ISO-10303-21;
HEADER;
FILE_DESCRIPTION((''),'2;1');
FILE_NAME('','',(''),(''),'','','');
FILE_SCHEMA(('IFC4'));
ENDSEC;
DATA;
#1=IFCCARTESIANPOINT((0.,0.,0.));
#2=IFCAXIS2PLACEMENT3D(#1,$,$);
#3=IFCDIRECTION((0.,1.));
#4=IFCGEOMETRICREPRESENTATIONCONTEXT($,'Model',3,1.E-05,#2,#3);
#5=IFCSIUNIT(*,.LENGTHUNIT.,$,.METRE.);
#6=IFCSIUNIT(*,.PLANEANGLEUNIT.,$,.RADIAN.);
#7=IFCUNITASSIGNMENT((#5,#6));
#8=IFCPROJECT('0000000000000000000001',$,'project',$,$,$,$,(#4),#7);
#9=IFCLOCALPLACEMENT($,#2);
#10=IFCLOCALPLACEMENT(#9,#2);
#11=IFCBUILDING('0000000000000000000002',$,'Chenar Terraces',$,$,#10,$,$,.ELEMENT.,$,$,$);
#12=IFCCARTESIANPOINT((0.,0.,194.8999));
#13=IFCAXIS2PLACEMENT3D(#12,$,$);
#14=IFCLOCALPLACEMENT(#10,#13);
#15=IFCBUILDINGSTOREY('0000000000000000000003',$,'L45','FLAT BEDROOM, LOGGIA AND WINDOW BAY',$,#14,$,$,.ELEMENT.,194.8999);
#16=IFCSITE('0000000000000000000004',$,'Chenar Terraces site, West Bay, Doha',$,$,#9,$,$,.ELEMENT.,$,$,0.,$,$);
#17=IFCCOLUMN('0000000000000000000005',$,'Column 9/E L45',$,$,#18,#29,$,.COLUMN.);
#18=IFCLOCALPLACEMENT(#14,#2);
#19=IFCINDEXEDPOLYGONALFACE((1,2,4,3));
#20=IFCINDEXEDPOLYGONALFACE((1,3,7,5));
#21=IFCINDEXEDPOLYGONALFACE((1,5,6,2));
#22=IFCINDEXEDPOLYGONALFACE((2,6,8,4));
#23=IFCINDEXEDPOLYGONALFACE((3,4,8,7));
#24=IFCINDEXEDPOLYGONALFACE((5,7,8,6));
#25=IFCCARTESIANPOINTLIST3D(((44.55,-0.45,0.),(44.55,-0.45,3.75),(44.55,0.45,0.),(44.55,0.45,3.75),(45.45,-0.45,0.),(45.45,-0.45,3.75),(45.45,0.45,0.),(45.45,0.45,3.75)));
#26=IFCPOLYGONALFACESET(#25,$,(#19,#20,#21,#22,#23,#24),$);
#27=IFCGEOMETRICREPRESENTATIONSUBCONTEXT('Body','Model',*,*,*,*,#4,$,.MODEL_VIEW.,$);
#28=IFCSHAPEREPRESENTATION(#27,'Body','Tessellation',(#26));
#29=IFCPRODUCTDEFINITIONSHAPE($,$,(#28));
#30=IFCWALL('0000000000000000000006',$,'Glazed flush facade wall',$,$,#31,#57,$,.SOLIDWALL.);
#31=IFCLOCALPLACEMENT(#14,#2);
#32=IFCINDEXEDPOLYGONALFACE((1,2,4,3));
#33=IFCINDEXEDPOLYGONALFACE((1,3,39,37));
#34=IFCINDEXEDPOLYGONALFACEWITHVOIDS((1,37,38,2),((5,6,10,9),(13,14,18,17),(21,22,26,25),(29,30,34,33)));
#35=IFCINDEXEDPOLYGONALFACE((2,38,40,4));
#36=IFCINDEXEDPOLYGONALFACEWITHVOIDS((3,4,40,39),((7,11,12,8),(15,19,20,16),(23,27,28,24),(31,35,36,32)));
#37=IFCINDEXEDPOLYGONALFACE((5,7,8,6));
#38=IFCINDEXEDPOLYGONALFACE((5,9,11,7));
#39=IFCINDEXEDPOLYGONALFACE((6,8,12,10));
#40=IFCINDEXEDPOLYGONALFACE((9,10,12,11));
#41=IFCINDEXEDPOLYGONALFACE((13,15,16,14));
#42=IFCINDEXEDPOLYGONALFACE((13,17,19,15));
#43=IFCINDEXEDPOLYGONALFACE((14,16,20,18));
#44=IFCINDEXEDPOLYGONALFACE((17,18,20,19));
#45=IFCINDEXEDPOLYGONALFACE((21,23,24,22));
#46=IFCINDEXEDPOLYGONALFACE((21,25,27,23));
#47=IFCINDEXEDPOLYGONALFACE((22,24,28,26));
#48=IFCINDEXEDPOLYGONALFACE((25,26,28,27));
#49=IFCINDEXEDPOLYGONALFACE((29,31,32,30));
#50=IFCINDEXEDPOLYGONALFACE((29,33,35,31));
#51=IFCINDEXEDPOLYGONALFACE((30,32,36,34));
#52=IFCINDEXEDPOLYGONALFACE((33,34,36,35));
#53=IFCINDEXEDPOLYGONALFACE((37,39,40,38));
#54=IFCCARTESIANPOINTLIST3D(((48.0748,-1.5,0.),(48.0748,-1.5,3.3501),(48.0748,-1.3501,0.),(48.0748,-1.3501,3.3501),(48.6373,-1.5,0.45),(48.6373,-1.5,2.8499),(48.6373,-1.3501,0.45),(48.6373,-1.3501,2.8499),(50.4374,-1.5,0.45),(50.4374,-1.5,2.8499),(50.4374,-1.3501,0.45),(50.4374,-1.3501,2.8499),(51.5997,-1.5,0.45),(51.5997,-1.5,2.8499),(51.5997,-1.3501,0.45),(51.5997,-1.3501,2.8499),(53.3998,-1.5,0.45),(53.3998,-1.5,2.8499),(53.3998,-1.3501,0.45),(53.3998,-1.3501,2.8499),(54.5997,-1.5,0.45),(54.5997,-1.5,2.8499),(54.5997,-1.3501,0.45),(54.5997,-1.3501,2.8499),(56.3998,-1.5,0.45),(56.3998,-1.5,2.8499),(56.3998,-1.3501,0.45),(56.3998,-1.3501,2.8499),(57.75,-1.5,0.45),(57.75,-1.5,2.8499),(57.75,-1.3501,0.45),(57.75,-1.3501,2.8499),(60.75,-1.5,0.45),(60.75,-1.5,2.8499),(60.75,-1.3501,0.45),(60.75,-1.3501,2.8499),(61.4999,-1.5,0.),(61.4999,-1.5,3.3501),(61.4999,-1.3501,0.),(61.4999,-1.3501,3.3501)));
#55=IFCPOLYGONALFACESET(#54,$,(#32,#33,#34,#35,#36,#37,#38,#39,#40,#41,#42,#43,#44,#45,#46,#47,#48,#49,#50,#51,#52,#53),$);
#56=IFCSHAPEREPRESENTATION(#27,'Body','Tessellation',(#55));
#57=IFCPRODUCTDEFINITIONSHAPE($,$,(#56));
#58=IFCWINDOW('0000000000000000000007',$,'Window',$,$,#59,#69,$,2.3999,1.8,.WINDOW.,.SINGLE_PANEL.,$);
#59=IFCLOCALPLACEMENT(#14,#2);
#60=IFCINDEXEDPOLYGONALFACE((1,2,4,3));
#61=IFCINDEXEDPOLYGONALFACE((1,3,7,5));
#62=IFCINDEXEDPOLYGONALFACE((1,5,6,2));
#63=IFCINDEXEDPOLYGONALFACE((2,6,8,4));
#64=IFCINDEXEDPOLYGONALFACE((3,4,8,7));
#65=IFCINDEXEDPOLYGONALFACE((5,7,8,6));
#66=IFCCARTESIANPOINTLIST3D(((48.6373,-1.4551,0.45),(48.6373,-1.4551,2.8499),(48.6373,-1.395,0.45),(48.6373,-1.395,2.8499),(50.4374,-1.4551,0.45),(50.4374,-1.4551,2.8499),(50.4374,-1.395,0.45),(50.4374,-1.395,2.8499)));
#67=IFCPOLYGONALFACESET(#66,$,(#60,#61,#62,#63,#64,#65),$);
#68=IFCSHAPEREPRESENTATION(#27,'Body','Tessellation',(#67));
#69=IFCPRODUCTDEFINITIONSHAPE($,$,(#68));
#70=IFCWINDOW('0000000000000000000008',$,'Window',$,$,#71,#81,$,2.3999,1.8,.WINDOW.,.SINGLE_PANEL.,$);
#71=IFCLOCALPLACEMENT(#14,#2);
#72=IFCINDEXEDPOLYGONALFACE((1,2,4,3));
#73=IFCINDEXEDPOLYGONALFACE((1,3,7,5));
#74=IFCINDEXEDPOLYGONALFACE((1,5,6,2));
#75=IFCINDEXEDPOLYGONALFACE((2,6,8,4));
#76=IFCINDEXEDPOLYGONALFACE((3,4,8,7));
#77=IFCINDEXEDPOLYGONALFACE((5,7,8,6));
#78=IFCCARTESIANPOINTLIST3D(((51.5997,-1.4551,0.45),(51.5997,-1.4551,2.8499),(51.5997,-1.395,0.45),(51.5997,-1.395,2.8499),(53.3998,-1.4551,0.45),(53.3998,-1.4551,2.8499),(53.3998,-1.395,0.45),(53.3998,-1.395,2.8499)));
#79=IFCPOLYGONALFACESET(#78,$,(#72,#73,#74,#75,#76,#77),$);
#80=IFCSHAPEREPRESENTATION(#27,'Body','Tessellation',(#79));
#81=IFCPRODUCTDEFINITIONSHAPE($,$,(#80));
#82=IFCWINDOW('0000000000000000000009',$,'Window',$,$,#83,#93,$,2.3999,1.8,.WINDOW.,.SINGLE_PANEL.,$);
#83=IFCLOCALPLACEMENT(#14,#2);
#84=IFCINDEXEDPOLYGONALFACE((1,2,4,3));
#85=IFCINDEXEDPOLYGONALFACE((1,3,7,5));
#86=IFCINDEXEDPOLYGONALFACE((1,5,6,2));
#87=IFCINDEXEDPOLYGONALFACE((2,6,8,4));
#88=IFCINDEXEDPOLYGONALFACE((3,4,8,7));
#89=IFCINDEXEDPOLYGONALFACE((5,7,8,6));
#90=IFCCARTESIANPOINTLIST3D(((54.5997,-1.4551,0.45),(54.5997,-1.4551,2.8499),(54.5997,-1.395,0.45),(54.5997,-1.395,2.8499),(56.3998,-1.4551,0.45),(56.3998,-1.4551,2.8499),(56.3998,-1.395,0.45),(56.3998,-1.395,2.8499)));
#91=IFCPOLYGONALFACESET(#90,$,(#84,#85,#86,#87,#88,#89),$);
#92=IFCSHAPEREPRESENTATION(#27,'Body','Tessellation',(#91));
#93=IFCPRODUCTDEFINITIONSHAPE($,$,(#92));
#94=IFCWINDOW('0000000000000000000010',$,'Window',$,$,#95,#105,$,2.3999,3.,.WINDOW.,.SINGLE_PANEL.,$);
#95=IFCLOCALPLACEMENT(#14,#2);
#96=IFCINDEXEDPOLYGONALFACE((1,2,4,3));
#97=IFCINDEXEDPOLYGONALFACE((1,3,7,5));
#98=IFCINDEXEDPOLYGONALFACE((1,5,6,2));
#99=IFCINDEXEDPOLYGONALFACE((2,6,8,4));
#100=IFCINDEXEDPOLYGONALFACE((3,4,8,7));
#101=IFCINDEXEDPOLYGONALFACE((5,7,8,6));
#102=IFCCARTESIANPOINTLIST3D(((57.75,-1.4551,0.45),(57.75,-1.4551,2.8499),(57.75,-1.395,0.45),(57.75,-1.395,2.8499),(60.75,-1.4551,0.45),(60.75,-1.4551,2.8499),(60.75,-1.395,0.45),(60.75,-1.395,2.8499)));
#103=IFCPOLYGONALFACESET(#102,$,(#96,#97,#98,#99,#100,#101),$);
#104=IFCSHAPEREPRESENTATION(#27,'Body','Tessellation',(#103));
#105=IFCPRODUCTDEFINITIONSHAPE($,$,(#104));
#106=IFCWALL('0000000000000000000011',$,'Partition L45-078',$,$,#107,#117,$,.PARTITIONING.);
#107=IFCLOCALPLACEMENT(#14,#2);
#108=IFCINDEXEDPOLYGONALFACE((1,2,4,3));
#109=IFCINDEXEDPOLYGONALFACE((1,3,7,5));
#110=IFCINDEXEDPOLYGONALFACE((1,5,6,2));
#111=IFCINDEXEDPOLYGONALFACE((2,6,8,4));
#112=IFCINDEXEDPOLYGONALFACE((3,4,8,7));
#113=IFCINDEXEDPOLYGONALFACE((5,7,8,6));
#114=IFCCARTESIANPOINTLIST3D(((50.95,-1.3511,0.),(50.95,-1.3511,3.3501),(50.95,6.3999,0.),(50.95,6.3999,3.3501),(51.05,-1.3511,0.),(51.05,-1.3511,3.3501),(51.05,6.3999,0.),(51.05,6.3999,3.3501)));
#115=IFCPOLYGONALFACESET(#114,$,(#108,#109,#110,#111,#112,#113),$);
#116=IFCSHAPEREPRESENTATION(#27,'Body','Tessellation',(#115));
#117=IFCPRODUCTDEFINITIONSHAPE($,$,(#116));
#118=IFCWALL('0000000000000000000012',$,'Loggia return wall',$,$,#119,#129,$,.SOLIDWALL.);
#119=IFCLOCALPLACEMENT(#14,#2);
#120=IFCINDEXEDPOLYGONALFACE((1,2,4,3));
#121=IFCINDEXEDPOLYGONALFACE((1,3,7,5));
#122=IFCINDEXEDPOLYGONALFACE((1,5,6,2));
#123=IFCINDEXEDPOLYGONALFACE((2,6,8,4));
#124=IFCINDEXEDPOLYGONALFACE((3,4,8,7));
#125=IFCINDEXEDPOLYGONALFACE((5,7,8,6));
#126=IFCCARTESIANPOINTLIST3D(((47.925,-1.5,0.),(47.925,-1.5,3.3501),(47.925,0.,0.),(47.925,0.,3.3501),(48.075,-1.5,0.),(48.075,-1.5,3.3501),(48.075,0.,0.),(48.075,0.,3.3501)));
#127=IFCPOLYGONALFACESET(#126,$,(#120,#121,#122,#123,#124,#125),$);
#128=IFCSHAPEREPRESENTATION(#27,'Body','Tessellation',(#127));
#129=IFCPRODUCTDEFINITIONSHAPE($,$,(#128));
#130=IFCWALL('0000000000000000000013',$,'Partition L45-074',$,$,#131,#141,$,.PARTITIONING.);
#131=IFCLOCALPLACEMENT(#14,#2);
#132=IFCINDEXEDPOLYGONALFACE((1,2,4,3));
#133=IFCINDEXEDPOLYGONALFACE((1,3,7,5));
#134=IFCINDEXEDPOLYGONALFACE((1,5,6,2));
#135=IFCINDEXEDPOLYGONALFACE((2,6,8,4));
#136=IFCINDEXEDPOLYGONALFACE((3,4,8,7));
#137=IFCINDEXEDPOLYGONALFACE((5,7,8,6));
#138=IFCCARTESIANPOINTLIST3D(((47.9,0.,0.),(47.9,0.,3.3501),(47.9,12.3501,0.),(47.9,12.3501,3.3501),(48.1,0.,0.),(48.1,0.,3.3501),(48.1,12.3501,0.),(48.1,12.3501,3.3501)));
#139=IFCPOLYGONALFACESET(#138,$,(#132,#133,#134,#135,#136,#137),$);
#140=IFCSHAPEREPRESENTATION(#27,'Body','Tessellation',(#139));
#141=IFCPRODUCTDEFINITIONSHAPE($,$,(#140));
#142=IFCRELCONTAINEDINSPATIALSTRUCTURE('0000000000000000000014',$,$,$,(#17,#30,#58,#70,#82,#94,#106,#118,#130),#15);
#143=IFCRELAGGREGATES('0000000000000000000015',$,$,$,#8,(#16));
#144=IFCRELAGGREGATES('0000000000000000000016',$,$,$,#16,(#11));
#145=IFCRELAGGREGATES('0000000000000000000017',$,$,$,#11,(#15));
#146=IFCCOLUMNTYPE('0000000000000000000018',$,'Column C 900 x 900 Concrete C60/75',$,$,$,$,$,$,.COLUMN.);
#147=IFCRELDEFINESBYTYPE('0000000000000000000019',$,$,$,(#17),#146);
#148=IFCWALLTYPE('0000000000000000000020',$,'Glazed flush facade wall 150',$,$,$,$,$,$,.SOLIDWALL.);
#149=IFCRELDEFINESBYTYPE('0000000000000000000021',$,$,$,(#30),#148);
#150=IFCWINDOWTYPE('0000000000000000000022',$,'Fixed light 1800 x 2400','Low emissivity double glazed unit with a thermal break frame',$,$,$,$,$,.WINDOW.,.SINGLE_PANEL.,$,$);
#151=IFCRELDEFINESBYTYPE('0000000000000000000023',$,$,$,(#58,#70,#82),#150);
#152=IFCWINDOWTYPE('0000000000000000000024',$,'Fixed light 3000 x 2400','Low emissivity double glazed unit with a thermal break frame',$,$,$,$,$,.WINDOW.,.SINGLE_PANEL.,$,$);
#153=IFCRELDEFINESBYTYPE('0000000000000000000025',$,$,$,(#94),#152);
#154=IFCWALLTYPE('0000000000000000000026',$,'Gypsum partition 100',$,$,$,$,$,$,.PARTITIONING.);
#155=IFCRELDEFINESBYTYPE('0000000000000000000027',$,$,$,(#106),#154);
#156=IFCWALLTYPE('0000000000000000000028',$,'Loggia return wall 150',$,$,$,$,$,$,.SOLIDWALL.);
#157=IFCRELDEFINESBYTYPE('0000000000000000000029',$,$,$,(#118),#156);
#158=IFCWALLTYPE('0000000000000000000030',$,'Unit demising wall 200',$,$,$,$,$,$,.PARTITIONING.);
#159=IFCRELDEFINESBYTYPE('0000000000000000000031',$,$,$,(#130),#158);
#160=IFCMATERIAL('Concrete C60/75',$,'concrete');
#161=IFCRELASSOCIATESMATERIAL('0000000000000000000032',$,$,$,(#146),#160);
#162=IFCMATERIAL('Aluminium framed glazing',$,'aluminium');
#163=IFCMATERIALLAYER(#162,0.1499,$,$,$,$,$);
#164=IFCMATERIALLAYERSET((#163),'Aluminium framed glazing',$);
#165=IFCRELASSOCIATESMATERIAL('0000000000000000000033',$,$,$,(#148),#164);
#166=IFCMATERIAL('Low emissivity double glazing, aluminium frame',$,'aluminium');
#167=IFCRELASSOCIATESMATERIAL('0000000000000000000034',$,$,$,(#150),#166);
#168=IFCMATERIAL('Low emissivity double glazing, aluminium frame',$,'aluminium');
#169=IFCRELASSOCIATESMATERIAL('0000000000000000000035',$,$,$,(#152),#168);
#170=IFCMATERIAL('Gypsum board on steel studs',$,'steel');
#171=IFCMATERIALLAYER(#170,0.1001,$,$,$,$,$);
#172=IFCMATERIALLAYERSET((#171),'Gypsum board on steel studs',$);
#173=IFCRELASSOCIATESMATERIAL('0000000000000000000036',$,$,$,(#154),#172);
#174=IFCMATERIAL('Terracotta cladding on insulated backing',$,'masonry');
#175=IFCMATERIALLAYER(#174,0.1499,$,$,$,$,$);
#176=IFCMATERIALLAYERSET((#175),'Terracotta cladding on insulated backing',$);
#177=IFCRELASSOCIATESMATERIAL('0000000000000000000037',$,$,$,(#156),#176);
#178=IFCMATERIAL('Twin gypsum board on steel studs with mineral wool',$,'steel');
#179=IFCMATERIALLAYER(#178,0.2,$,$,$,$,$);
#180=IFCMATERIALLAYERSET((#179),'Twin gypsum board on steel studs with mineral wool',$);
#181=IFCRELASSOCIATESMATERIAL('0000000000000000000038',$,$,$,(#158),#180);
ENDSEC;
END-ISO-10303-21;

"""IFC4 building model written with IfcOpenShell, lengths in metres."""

from ifc_helpers import new_model, si_unit, direction, frame, frame_2d, origin, origin_2d, place, context, subcontext, project, spatial, rectangle, extrude, material, layer, layer_set, material_profile, profile_set, type_object, element, fill, save


model = new_model("IFC4")

# Units and contexts
model_context = context("Model", 3, precision=1e-05, world=origin(), true_north=direction((0.0, 1.0)))
body_context = subcontext(model_context, "Body", "Model", "MODEL_VIEW")
ifc_project = project(units=[si_unit("LENGTHUNIT", "METRE"), si_unit("PLANEANGLEUNIT", "RADIAN")], contexts=[model_context])

# Site, building, storey
site_placement = place(None, origin())
site = spatial("IfcSite", under=ifc_project, at=site_placement, Name="Chenar Terraces site, West Bay, Doha", CompositionType="ELEMENT", RefElevation=0.0)
building_placement = place(site_placement, origin())
building = spatial("IfcBuilding", under=site, at=building_placement, Name="Chenar Terraces", CompositionType="ELEMENT")
storey_placement = place(building_placement, frame((0.0, 0.0, 194.8999)))
storey = spatial("IfcBuildingStorey", under=building, at=storey_placement, Name="L45", Description="FLAT BEDROOM, LOGGIA AND WINDOW BAY", CompositionType="ELEMENT", Elevation=194.8999)

# Column
ifc_material_1 = material(Name="Concrete C60/75", Category="concrete")
ifc_material_profile_1 = material_profile(ifc_material_1, rectangle(XDim=0.8999, YDim=0.8999, at=origin_2d()), Name="C 900 x 900")
ifc_profile_set_1 = profile_set([ifc_material_profile_1], Name="Concrete C60/75")
column_type = type_object("IfcColumnType", Name="Column C 900 x 900 Concrete C60/75", PredefinedType="COLUMN", material=ifc_profile_set_1)
column_placement = place(storey_placement, frame((45.0, 0.0, 0.0), z_axis=(0.0, 0.0, 1.0), x_axis=(1.0, 0.0, 0.0)))
element("IfcColumn", 1, at=column_placement, inside=storey, type_object=column_type, Name="Column 9/E L45", PredefinedType="COLUMN", context=body_context, shape_type="SweptSolid", body=[
    extrude(rectangle(XDim=0.8999, YDim=0.8999, at=origin_2d()), origin(), (0.0, 0.0, 1.0), 3.75),
])

# Wall, openings, windows
ifc_material_2 = material(Name="Aluminium framed glazing", Category="aluminium")
ifc_layer_1 = layer(ifc_material_2, 0.1499)
ifc_layer_set_1 = layer_set([ifc_layer_1], Name="Aluminium framed glazing")
wall_type_1 = type_object("IfcWallType", Name="Glazed flush facade wall 150", PredefinedType="SOLIDWALL", material=ifc_layer_set_1)
wall_1_placement = place(storey_placement, frame((48.075, -1.425, 0.0), z_axis=(0.0, 0.0, 1.0), x_axis=(1.0, 0.0, 0.0)))
wall_1 = element("IfcWall", 2, at=wall_1_placement, inside=storey, type_object=wall_type_1, Name="Glazed flush facade wall", PredefinedType="SOLIDWALL", context=body_context, shape_type="SweptSolid", body=[
    extrude(rectangle(XDim=13.425, YDim=0.1499, at=frame_2d((6.7124, 0.0))), origin(), (0.0, 0.0, 1.0), 3.3501),
])
opening_1_placement = place(wall_1_placement, frame((0.5625, 0.0, 0.45)))
opening_1 = element("IfcOpeningElement", 3, at=opening_1_placement, cuts=wall_1, PredefinedType="OPENING", context=body_context, shape_type="SweptSolid", body=[
    extrude(rectangle(XDim=1.8, YDim=2.3999, at=frame_2d((0.8999, 1.2))), frame((0.0, 0.085, 0.0), z_axis=(0.0, -1.0, 0.0), x_axis=(1.0, 0.0, 0.0)), (0.0, 0.0, 1.0), 0.1699),
])
opening_2_placement = place(wall_1_placement, frame((3.5249, 0.0, 0.45)))
opening_2 = element("IfcOpeningElement", 4, at=opening_2_placement, cuts=wall_1, PredefinedType="OPENING", context=body_context, shape_type="SweptSolid", body=[
    extrude(rectangle(XDim=1.8, YDim=2.3999, at=frame_2d((0.8999, 1.2))), frame((0.0, 0.085, 0.0), z_axis=(0.0, -1.0, 0.0), x_axis=(1.0, 0.0, 0.0)), (0.0, 0.0, 1.0), 0.1699),
])
opening_3_placement = place(wall_1_placement, frame((6.5249, 0.0, 0.45)))
opening_3 = element("IfcOpeningElement", 5, at=opening_3_placement, cuts=wall_1, PredefinedType="OPENING", context=body_context, shape_type="SweptSolid", body=[
    extrude(rectangle(XDim=1.8, YDim=2.3999, at=frame_2d((0.8999, 1.2))), frame((0.0, 0.085, 0.0), z_axis=(0.0, -1.0, 0.0), x_axis=(1.0, 0.0, 0.0)), (0.0, 0.0, 1.0), 0.1699),
])
opening_4_placement = place(wall_1_placement, frame((9.675, 0.0, 0.45)))
opening_4 = element("IfcOpeningElement", 6, at=opening_4_placement, cuts=wall_1, PredefinedType="OPENING", context=body_context, shape_type="SweptSolid", body=[
    extrude(rectangle(XDim=3.0, YDim=2.3999, at=frame_2d((1.5, 1.2))), frame((0.0, 0.085, 0.0), z_axis=(0.0, -1.0, 0.0), x_axis=(1.0, 0.0, 0.0)), (0.0, 0.0, 1.0), 0.1699),
])
ifc_material_3 = material(Name="Low emissivity double glazing, aluminium frame", Category="aluminium")
window_type_1 = type_object("IfcWindowType", Name="Fixed light 1800 x 2400", Description="Low emissivity double glazed unit with a thermal break frame", PartitioningType="SINGLE_PANEL", PredefinedType="WINDOW", material=ifc_material_3)
window_1_placement = place(opening_1_placement, origin())
window_1 = element("IfcWindow", 7, at=window_1_placement, inside=storey, type_object=window_type_1, Name="Window", OverallHeight=2.3999, OverallWidth=1.8, PartitioningType="SINGLE_PANEL", PredefinedType="WINDOW", context=body_context, shape_type="SweptSolid", body=[
    extrude(rectangle(XDim=1.8, YDim=2.3999, at=frame_2d((0.8999, 1.2))), frame((0.0, 0.03, 0.0), z_axis=(0.0, -1.0, 0.0), x_axis=(1.0, 0.0, 0.0)), (0.0, 0.0, 1.0), 0.0601),
])
fill(opening_1, window_1)
window_2_placement = place(opening_2_placement, origin())
window_2 = element("IfcWindow", 8, at=window_2_placement, inside=storey, type_object=window_type_1, Name="Window", OverallHeight=2.3999, OverallWidth=1.8, PartitioningType="SINGLE_PANEL", PredefinedType="WINDOW", context=body_context, shape_type="SweptSolid", body=[
    extrude(rectangle(XDim=1.8, YDim=2.3999, at=frame_2d((0.8999, 1.2))), frame((0.0, 0.03, 0.0), z_axis=(0.0, -1.0, 0.0), x_axis=(1.0, 0.0, 0.0)), (0.0, 0.0, 1.0), 0.0601),
])
fill(opening_2, window_2)
window_3_placement = place(opening_3_placement, origin())
window_3 = element("IfcWindow", 9, at=window_3_placement, inside=storey, type_object=window_type_1, Name="Window", OverallHeight=2.3999, OverallWidth=1.8, PartitioningType="SINGLE_PANEL", PredefinedType="WINDOW", context=body_context, shape_type="SweptSolid", body=[
    extrude(rectangle(XDim=1.8, YDim=2.3999, at=frame_2d((0.8999, 1.2))), frame((0.0, 0.03, 0.0), z_axis=(0.0, -1.0, 0.0), x_axis=(1.0, 0.0, 0.0)), (0.0, 0.0, 1.0), 0.0601),
])
fill(opening_3, window_3)
ifc_material_4 = material(Name="Low emissivity double glazing, aluminium frame", Category="aluminium")
window_type_2 = type_object("IfcWindowType", Name="Fixed light 3000 x 2400", Description="Low emissivity double glazed unit with a thermal break frame", PartitioningType="SINGLE_PANEL", PredefinedType="WINDOW", material=ifc_material_4)
window_4_placement = place(opening_4_placement, origin())
window_4 = element("IfcWindow", 10, at=window_4_placement, inside=storey, type_object=window_type_2, Name="Window", OverallHeight=2.3999, OverallWidth=3.0, PartitioningType="SINGLE_PANEL", PredefinedType="WINDOW", context=body_context, shape_type="SweptSolid", body=[
    extrude(rectangle(XDim=3.0, YDim=2.3999, at=frame_2d((1.5, 1.2))), frame((0.0, 0.03, 0.0), z_axis=(0.0, -1.0, 0.0), x_axis=(1.0, 0.0, 0.0)), (0.0, 0.0, 1.0), 0.0601),
])
fill(opening_4, window_4)

# Walls
ifc_material_5 = material(Name="Gypsum board on steel studs", Category="steel")
ifc_layer_2 = layer(ifc_material_5, 0.1001)
ifc_layer_set_2 = layer_set([ifc_layer_2], Name="Gypsum board on steel studs")
wall_type_2 = type_object("IfcWallType", Name="Gypsum partition 100", PredefinedType="PARTITIONING", material=ifc_layer_set_2)
wall_2_placement = place(storey_placement, frame((51.0, -1.3511, 0.0), z_axis=(0.0, 0.0, 1.0), x_axis=(0.0, 1.0, 0.0)))
element("IfcWall", 11, at=wall_2_placement, inside=storey, type_object=wall_type_2, Name="Partition L45-078", PredefinedType="PARTITIONING", context=body_context, shape_type="SweptSolid", body=[
    extrude(rectangle(XDim=7.751, YDim=0.1001, at=frame_2d((3.8755, 0.0))), origin(), (0.0, 0.0, 1.0), 3.3501),
])
ifc_material_6 = material(Name="Terracotta cladding on insulated backing", Category="masonry")
ifc_layer_3 = layer(ifc_material_6, 0.1499)
ifc_layer_set_3 = layer_set([ifc_layer_3], Name="Terracotta cladding on insulated backing")
wall_type_3 = type_object("IfcWallType", Name="Loggia return wall 150", PredefinedType="SOLIDWALL", material=ifc_layer_set_3)
wall_3_placement = place(storey_placement, frame((48.0, -1.5, 0.0), z_axis=(0.0, 0.0, 1.0), x_axis=(0.0, 1.0, 0.0)))
element("IfcWall", 12, at=wall_3_placement, inside=storey, type_object=wall_type_3, Name="Loggia return wall", PredefinedType="SOLIDWALL", context=body_context, shape_type="SweptSolid", body=[
    extrude(rectangle(XDim=1.5, YDim=0.1499, at=frame_2d((0.75, 0.0))), origin(), (0.0, 0.0, 1.0), 3.3501),
])
ifc_material_7 = material(Name="Twin gypsum board on steel studs with mineral wool", Category="steel")
ifc_layer_4 = layer(ifc_material_7, 0.2)
ifc_layer_set_4 = layer_set([ifc_layer_4], Name="Twin gypsum board on steel studs with mineral wool")
wall_type_4 = type_object("IfcWallType", Name="Unit demising wall 200", PredefinedType="PARTITIONING", material=ifc_layer_set_4)
wall_4_placement = place(storey_placement, frame((48.0, 0.0, 0.0), z_axis=(0.0, 0.0, 1.0), x_axis=(0.0, 1.0, 0.0)))
element("IfcWall", 13, at=wall_4_placement, inside=storey, type_object=wall_type_4, Name="Partition L45-074", PredefinedType="PARTITIONING", context=body_context, shape_type="SweptSolid", body=[
    extrude(rectangle(XDim=12.3501, YDim=0.2, at=frame_2d((6.175, 0.0))), origin(), (0.0, 0.0, 1.0), 3.3501),
])

save(model, "model.ifc")
